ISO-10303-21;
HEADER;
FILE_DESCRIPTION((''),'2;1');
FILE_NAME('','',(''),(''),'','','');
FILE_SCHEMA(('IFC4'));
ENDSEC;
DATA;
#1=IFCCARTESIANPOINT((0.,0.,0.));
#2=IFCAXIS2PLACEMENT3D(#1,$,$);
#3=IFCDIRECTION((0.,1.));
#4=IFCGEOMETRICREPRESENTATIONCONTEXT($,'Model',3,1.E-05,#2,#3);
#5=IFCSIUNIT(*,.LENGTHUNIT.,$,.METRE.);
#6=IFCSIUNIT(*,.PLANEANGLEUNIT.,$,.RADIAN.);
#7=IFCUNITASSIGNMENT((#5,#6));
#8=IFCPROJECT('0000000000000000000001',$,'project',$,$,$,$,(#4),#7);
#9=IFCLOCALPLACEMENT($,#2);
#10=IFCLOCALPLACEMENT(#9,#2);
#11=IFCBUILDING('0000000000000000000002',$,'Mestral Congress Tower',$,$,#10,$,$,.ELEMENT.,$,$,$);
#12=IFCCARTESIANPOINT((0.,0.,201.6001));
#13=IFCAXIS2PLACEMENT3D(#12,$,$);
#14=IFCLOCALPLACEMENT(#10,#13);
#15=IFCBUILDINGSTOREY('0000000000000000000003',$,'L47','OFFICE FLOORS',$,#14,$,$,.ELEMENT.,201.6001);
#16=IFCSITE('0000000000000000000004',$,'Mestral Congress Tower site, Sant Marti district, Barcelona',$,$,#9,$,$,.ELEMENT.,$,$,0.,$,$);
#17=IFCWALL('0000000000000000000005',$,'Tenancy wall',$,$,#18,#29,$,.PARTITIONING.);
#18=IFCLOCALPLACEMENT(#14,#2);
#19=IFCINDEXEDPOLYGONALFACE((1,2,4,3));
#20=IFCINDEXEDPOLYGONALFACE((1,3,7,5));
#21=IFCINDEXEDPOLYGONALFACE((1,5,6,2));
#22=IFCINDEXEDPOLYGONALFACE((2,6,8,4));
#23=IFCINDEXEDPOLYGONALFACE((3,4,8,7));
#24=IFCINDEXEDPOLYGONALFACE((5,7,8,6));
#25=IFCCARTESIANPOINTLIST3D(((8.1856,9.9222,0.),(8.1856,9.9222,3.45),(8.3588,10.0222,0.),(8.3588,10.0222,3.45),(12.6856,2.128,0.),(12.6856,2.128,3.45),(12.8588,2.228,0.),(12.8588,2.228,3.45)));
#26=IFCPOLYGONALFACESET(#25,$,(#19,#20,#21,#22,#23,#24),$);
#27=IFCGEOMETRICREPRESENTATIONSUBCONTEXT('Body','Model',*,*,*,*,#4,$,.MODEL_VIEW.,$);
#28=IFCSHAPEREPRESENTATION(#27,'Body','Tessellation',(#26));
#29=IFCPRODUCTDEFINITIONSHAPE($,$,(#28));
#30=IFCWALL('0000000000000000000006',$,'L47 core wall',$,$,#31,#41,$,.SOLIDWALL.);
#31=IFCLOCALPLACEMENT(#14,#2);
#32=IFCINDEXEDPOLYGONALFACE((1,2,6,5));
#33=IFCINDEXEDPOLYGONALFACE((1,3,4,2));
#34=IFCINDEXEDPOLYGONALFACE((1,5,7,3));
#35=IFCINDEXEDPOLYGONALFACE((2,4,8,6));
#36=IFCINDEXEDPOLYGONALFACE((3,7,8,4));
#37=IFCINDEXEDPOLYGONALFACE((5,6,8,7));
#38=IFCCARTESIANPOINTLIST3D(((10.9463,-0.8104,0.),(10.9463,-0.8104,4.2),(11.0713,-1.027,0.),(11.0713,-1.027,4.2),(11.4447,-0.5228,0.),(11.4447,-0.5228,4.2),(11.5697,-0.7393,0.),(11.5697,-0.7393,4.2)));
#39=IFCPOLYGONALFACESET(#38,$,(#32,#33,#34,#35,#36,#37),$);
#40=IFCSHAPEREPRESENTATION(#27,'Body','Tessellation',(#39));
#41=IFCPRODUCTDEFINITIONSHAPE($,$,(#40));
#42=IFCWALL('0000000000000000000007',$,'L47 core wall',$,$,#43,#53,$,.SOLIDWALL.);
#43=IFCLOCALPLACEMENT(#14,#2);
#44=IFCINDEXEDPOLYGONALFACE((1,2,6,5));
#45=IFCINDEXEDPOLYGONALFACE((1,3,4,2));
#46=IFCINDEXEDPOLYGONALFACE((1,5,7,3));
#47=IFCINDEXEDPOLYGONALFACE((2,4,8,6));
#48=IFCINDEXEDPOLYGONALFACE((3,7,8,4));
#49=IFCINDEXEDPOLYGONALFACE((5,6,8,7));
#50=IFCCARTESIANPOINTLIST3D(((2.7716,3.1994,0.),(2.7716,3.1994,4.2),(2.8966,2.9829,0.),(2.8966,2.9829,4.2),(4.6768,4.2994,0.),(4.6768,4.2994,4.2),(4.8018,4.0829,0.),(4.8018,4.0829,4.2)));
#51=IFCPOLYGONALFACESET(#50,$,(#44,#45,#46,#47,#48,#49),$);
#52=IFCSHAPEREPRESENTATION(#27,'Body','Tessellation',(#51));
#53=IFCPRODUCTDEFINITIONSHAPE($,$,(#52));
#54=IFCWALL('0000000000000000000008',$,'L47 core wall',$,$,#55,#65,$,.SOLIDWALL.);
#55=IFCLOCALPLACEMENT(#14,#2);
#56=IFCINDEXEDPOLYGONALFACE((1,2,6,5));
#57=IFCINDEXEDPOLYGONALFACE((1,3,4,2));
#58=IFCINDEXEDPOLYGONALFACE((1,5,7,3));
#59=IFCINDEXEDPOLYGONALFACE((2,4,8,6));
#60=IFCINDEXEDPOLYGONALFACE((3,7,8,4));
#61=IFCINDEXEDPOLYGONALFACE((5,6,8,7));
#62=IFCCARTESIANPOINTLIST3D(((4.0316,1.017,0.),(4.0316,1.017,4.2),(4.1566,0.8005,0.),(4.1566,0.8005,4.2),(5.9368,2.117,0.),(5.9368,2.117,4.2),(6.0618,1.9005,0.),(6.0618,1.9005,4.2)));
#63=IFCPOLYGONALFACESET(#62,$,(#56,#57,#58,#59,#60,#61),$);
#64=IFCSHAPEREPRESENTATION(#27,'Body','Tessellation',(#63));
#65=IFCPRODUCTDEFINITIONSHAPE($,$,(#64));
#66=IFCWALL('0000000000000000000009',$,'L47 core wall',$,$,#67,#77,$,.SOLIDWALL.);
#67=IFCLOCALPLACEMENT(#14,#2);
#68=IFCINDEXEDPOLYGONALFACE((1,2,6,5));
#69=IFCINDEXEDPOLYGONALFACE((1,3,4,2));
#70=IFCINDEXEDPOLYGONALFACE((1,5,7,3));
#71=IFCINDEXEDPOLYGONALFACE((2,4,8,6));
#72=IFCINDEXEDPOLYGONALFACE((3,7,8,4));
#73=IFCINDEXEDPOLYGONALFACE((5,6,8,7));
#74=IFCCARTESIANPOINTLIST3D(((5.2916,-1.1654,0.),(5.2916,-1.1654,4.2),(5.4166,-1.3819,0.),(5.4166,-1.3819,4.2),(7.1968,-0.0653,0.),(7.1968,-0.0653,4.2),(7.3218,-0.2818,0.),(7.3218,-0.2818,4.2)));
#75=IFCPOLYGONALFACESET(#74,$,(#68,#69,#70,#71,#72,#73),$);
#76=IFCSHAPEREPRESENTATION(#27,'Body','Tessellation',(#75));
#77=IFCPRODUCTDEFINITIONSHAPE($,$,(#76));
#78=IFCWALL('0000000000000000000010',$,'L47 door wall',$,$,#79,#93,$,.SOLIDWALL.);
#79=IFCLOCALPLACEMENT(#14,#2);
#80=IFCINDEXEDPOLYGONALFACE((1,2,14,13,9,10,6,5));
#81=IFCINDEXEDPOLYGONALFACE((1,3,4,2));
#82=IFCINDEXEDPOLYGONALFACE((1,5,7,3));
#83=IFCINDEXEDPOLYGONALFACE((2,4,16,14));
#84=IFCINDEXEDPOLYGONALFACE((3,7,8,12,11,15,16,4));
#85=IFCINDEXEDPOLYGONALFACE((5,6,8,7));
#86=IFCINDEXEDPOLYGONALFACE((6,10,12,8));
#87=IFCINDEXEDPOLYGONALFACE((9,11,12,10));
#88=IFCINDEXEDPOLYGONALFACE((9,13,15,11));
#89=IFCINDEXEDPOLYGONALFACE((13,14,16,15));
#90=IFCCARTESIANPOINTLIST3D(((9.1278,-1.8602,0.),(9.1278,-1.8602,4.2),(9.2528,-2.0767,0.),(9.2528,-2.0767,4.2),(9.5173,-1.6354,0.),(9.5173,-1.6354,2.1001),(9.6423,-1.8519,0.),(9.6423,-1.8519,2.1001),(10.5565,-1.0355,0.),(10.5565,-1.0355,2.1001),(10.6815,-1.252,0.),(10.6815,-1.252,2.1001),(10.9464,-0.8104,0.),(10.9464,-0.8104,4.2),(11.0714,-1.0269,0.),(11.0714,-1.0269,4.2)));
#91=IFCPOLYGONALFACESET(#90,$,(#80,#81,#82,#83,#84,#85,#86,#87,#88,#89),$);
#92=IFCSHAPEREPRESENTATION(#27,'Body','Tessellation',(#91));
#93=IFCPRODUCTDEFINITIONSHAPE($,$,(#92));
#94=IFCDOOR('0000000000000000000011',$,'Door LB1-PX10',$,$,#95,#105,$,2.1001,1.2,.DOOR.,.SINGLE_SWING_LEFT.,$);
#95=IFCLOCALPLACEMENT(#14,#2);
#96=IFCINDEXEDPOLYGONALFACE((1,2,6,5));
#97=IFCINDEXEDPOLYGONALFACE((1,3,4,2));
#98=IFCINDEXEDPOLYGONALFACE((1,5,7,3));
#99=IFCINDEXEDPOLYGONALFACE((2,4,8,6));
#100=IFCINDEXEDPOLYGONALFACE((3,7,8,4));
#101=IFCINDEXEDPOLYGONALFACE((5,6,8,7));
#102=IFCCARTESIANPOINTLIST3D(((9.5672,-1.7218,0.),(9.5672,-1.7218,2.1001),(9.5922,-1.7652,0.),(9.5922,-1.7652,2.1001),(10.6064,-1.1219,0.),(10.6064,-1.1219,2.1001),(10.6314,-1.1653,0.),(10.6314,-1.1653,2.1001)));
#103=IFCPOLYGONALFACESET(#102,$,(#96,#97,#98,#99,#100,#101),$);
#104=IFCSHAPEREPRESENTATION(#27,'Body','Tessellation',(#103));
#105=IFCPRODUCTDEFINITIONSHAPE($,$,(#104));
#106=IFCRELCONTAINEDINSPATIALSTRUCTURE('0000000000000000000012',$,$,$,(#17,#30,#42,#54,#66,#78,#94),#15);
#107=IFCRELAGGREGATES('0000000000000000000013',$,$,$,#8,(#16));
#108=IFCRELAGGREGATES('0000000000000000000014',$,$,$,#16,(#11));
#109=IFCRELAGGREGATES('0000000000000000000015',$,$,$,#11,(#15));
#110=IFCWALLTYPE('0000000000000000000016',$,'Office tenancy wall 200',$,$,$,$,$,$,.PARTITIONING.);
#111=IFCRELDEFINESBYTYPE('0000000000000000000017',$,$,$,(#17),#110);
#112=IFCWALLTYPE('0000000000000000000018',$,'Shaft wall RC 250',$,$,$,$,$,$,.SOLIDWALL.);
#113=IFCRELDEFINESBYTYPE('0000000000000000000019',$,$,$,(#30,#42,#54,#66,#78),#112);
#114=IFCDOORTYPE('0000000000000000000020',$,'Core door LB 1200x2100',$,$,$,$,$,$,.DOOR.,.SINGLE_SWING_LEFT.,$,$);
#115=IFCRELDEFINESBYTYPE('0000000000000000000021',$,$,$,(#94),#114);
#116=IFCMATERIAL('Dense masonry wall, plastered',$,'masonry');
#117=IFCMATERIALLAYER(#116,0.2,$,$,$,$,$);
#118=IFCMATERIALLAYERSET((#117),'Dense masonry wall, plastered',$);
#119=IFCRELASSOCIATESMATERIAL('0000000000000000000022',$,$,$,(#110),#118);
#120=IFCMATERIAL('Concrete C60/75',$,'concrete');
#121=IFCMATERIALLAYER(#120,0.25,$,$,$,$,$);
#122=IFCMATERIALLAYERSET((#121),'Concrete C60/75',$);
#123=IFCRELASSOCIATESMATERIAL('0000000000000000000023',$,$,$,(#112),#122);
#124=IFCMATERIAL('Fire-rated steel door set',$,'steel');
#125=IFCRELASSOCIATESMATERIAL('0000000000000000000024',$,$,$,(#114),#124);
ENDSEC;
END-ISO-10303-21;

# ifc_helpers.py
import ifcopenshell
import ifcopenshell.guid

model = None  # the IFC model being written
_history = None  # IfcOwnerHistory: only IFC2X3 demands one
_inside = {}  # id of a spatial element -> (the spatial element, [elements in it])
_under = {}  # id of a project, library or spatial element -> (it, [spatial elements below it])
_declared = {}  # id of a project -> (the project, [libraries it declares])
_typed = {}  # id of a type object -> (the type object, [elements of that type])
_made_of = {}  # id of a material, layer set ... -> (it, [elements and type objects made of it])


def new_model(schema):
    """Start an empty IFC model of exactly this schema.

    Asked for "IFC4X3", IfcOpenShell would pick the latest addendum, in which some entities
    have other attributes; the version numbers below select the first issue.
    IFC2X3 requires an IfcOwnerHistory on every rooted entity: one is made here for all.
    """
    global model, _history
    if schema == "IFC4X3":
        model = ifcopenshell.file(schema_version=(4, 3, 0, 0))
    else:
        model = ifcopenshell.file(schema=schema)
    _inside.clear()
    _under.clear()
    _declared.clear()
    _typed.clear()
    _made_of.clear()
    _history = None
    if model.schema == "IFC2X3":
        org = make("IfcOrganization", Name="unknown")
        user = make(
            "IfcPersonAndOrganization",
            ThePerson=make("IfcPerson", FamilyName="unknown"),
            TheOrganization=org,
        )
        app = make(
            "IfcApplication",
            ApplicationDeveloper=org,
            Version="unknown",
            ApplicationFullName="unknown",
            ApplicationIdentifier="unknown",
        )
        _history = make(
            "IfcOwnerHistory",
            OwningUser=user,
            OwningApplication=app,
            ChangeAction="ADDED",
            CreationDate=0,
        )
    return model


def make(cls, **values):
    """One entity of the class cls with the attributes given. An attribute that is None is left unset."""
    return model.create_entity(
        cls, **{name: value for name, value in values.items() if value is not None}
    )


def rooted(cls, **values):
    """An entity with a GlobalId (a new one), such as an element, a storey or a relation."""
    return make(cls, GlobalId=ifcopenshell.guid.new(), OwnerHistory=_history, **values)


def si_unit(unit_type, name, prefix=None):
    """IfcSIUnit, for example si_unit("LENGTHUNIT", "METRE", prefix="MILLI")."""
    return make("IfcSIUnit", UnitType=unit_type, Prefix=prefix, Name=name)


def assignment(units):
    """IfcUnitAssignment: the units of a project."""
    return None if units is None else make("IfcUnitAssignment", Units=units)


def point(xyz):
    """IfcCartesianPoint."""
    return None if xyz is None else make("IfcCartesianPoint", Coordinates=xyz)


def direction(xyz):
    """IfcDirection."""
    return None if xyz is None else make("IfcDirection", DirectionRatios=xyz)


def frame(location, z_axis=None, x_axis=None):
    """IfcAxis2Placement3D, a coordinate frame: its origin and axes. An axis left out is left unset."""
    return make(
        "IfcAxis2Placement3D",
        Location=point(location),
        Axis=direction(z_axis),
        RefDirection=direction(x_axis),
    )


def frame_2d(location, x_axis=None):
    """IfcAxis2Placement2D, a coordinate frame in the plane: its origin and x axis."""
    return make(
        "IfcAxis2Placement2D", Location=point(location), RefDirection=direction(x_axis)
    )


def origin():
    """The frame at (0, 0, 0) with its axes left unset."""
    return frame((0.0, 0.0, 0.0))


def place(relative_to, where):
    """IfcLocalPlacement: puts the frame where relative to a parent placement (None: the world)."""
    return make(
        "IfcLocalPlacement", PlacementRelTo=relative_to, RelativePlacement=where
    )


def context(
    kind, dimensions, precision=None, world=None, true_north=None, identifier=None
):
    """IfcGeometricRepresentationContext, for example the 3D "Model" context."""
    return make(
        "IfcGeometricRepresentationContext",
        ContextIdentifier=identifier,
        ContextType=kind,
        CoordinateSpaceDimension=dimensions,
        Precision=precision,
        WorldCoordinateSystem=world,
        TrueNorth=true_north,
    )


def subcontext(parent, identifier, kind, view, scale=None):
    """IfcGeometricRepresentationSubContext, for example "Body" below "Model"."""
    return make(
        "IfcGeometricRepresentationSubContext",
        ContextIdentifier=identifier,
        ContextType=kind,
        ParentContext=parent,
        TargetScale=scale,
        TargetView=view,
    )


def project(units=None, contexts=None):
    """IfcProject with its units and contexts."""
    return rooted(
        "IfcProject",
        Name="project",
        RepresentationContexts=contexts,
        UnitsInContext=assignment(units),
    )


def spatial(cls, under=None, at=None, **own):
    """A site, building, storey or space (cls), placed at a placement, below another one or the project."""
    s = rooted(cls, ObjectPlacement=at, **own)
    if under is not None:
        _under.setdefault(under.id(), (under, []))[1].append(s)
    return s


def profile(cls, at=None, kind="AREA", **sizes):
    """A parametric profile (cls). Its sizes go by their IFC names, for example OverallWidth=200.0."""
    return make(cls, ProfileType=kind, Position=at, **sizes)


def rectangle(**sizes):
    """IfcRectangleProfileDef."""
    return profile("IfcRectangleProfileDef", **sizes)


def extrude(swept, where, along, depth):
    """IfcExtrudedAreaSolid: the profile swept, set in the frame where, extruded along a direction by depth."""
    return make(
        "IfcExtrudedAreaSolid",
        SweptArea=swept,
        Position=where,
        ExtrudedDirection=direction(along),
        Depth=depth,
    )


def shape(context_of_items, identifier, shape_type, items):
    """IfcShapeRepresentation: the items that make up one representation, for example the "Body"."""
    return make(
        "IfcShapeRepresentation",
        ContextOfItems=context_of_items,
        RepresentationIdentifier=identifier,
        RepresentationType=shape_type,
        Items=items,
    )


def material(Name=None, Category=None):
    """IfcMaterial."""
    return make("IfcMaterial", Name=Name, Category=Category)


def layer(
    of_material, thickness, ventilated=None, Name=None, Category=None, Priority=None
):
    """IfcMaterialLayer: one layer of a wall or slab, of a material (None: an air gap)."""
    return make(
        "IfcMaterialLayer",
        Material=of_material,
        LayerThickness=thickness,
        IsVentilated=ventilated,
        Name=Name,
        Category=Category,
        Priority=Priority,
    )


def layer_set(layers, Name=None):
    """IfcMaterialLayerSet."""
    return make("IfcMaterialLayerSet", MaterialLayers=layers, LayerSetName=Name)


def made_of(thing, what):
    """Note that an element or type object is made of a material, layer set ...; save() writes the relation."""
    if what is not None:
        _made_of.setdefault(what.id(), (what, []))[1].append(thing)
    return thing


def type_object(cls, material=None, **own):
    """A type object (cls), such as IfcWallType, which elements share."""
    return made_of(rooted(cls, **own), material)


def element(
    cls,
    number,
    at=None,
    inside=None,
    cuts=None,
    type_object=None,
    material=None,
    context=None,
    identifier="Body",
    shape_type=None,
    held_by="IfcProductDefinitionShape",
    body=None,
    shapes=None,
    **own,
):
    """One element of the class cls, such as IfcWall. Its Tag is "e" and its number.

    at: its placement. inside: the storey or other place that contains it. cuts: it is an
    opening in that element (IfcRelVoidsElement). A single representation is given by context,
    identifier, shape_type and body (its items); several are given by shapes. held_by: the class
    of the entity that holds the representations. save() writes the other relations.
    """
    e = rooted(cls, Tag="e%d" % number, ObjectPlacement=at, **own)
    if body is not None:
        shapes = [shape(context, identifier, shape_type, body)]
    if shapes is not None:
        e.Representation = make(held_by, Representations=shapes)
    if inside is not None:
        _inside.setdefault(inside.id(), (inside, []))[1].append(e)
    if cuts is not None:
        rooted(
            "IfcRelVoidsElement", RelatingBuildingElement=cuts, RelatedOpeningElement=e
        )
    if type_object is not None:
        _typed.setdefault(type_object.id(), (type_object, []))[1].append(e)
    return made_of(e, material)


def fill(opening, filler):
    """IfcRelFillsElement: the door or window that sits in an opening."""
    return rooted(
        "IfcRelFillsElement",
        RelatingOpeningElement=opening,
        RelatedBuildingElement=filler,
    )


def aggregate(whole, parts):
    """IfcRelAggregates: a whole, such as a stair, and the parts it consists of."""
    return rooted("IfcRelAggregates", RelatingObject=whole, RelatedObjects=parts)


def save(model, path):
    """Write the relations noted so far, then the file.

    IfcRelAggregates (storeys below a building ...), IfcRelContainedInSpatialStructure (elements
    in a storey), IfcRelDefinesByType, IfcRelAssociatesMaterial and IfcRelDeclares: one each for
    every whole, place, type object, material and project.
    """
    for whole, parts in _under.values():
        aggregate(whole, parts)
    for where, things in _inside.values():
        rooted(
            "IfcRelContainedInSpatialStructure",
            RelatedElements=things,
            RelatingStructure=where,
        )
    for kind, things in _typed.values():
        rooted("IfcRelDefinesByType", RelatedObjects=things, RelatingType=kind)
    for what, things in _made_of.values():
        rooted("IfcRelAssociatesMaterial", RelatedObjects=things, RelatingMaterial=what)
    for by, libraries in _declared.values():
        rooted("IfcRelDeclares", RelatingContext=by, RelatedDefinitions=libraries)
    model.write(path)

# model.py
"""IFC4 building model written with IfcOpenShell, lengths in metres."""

from ifc_helpers import new_model, si_unit, direction, frame, frame_2d, origin, place, context, subcontext, project, spatial, rectangle, extrude, material, layer, layer_set, type_object, element, fill, save


model = new_model("IFC4")

# Units and contexts
model_context = context("Model", 3, precision=1e-05, world=origin(), true_north=direction((0.0, 1.0)))
body_context = subcontext(model_context, "Body", "Model", "MODEL_VIEW")
ifc_project = project(units=[si_unit("LENGTHUNIT", "METRE"), si_unit("PLANEANGLEUNIT", "RADIAN")], contexts=[model_context])

# Site, building, storey
site_placement = place(None, origin())
site = spatial("IfcSite", under=ifc_project, at=site_placement, Name="Mestral Congress Tower site, Sant Marti district, Barcelona", CompositionType="ELEMENT", RefElevation=0.0)
building_placement = place(site_placement, origin())
building = spatial("IfcBuilding", under=site, at=building_placement, Name="Mestral Congress Tower", CompositionType="ELEMENT")
storey_placement = place(building_placement, frame((0.0, 0.0, 201.6001)))
storey = spatial("IfcBuildingStorey", under=building, at=storey_placement, Name="L47", Description="OFFICE FLOORS", CompositionType="ELEMENT", Elevation=201.6001)

# Shared definitions
ifc_material_1 = material(Name="Concrete C60/75", Category="concrete")

# Shared definitions
ifc_material_2 = material(Name="Fire-rated steel door set", Category="steel")

# Walls
ifc_material_3 = material(Name="Dense masonry wall, plastered", Category="masonry")
ifc_layer_1 = layer(ifc_material_3, 0.2)
ifc_layer_set_1 = layer_set([ifc_layer_1], Name="Dense masonry wall, plastered")
wall_type_1 = type_object("IfcWallType", Name="Office tenancy wall 200", PredefinedType="PARTITIONING", material=ifc_layer_set_1)
wall_1_placement = place(storey_placement, frame((12.7722, 2.178, 0.0), z_axis=(0.0, 0.0, 1.0), x_axis=(-0.500002, 0.866024, 0.0)))
element("IfcWall", 1, at=wall_1_placement, inside=storey, type_object=wall_type_1, Name="Tenancy wall", PredefinedType="PARTITIONING", context=body_context, shape_type="SweptSolid", body=[
    extrude(rectangle(XDim=9.0, YDim=0.2, at=frame_2d((4.5, 0.0))), origin(), (0.0, 0.0, 1.0), 3.45),
])
ifc_layer_2 = layer(ifc_material_1, 0.25)
ifc_layer_set_2 = layer_set([ifc_layer_2], Name="Concrete C60/75")
wall_type_2 = type_object("IfcWallType", Name="Shaft wall RC 250", PredefinedType="SOLIDWALL", material=ifc_layer_set_2)
wall_2_placement = place(storey_placement, frame((11.5071, -0.6311, 0.0), z_axis=(0.0, 0.0, 1.0), x_axis=(-0.866094, -0.499882, 0.0)))
element("IfcWall", 2, at=wall_2_placement, inside=storey, type_object=wall_type_2, Name="L47 core wall", PredefinedType="SOLIDWALL", context=body_context, shape_type="SweptSolid", body=[
    extrude(rectangle(XDim=0.5754, YDim=0.25, at=frame_2d((0.2876, 0.0))), origin(), (0.0, 0.0, 1.0), 4.2),
])
for number, where, z_axis, x_axis, name in (
    (3, (2.834, 3.0911, 0.0), (0.0, 0.0, 1.0), (0.866008, 0.50003, 0.0), "L47 core wall"),
    (4, (4.094, 0.9087, 0.0), (0.0, 0.0, 1.0), (0.866008, 0.50003, 0.0), "L47 core wall"),
    (5, (5.354, -1.2737, 0.0), (0.0, 0.0, 1.0), (0.866008, 0.50003, 0.0), "L47 core wall"),
):
    element("IfcWall", number, at=place(storey_placement, frame(where, z_axis=z_axis, x_axis=x_axis)), inside=storey, type_object=wall_type_2, Name=name, PredefinedType="SOLIDWALL", context=body_context, shape_type="SweptSolid", body=[
        extrude(rectangle(XDim=2.2, YDim=0.25, at=frame_2d((1.1001, 0.0))), origin(), (0.0, 0.0, 1.0), 4.2),
    ])

# Wall, opening, door
wall_3_placement = place(storey_placement, frame((11.0088, -0.9187, 0.0), z_axis=(0.0, 0.0, 1.0), x_axis=(-0.86606, -0.499941, 0.0)))
wall_3 = element("IfcWall", 6, at=wall_3_placement, inside=storey, type_object=wall_type_2, Name="L47 door wall", PredefinedType="SOLIDWALL", context=body_context, shape_type="SweptSolid", body=[
    extrude(rectangle(XDim=2.0999, YDim=0.25, at=frame_2d((1.0498, 0.0))), origin(), (0.0, 0.0, 1.0), 4.2),
])
opening_1_placement = place(wall_3_placement, frame((0.45, 0.0, 0.0)))
opening_1 = element("IfcOpeningElement", 7, at=opening_1_placement, cuts=wall_3, PredefinedType="OPENING", context=body_context, shape_type="SweptSolid", body=[
    extrude(rectangle(XDim=1.2, YDim=2.1001, at=frame_2d((0.6001, 1.05))), frame((0.0, 0.135, 0.0), z_axis=(0.0, -1.0, 0.0), x_axis=(1.0, 0.0, 0.0)), (0.0, 0.0, 1.0), 0.27),
])
door_type_1 = type_object("IfcDoorType", Name="Core door LB 1200x2100", OperationType="SINGLE_SWING_LEFT", PredefinedType="DOOR", material=ifc_material_2)
door_1_placement = place(opening_1_placement, origin())
door_1 = element("IfcDoor", 8, at=door_1_placement, inside=storey, type_object=door_type_1, Name="Door LB1-PX10", OperationType="SINGLE_SWING_LEFT", OverallHeight=2.1001, OverallWidth=1.2, PredefinedType="DOOR", context=body_context, shape_type="SweptSolid", body=[
    extrude(rectangle(XDim=1.2, YDim=2.1001, at=frame_2d((0.6001, 1.05))), frame((0.0, 0.0249, 0.0), z_axis=(0.0, -1.0, 0.0), x_axis=(1.0, 0.0, 0.0)), (0.0, 0.0, 1.0), 0.05),
])
fill(opening_1, door_1)

save(model, "model.ifc")
